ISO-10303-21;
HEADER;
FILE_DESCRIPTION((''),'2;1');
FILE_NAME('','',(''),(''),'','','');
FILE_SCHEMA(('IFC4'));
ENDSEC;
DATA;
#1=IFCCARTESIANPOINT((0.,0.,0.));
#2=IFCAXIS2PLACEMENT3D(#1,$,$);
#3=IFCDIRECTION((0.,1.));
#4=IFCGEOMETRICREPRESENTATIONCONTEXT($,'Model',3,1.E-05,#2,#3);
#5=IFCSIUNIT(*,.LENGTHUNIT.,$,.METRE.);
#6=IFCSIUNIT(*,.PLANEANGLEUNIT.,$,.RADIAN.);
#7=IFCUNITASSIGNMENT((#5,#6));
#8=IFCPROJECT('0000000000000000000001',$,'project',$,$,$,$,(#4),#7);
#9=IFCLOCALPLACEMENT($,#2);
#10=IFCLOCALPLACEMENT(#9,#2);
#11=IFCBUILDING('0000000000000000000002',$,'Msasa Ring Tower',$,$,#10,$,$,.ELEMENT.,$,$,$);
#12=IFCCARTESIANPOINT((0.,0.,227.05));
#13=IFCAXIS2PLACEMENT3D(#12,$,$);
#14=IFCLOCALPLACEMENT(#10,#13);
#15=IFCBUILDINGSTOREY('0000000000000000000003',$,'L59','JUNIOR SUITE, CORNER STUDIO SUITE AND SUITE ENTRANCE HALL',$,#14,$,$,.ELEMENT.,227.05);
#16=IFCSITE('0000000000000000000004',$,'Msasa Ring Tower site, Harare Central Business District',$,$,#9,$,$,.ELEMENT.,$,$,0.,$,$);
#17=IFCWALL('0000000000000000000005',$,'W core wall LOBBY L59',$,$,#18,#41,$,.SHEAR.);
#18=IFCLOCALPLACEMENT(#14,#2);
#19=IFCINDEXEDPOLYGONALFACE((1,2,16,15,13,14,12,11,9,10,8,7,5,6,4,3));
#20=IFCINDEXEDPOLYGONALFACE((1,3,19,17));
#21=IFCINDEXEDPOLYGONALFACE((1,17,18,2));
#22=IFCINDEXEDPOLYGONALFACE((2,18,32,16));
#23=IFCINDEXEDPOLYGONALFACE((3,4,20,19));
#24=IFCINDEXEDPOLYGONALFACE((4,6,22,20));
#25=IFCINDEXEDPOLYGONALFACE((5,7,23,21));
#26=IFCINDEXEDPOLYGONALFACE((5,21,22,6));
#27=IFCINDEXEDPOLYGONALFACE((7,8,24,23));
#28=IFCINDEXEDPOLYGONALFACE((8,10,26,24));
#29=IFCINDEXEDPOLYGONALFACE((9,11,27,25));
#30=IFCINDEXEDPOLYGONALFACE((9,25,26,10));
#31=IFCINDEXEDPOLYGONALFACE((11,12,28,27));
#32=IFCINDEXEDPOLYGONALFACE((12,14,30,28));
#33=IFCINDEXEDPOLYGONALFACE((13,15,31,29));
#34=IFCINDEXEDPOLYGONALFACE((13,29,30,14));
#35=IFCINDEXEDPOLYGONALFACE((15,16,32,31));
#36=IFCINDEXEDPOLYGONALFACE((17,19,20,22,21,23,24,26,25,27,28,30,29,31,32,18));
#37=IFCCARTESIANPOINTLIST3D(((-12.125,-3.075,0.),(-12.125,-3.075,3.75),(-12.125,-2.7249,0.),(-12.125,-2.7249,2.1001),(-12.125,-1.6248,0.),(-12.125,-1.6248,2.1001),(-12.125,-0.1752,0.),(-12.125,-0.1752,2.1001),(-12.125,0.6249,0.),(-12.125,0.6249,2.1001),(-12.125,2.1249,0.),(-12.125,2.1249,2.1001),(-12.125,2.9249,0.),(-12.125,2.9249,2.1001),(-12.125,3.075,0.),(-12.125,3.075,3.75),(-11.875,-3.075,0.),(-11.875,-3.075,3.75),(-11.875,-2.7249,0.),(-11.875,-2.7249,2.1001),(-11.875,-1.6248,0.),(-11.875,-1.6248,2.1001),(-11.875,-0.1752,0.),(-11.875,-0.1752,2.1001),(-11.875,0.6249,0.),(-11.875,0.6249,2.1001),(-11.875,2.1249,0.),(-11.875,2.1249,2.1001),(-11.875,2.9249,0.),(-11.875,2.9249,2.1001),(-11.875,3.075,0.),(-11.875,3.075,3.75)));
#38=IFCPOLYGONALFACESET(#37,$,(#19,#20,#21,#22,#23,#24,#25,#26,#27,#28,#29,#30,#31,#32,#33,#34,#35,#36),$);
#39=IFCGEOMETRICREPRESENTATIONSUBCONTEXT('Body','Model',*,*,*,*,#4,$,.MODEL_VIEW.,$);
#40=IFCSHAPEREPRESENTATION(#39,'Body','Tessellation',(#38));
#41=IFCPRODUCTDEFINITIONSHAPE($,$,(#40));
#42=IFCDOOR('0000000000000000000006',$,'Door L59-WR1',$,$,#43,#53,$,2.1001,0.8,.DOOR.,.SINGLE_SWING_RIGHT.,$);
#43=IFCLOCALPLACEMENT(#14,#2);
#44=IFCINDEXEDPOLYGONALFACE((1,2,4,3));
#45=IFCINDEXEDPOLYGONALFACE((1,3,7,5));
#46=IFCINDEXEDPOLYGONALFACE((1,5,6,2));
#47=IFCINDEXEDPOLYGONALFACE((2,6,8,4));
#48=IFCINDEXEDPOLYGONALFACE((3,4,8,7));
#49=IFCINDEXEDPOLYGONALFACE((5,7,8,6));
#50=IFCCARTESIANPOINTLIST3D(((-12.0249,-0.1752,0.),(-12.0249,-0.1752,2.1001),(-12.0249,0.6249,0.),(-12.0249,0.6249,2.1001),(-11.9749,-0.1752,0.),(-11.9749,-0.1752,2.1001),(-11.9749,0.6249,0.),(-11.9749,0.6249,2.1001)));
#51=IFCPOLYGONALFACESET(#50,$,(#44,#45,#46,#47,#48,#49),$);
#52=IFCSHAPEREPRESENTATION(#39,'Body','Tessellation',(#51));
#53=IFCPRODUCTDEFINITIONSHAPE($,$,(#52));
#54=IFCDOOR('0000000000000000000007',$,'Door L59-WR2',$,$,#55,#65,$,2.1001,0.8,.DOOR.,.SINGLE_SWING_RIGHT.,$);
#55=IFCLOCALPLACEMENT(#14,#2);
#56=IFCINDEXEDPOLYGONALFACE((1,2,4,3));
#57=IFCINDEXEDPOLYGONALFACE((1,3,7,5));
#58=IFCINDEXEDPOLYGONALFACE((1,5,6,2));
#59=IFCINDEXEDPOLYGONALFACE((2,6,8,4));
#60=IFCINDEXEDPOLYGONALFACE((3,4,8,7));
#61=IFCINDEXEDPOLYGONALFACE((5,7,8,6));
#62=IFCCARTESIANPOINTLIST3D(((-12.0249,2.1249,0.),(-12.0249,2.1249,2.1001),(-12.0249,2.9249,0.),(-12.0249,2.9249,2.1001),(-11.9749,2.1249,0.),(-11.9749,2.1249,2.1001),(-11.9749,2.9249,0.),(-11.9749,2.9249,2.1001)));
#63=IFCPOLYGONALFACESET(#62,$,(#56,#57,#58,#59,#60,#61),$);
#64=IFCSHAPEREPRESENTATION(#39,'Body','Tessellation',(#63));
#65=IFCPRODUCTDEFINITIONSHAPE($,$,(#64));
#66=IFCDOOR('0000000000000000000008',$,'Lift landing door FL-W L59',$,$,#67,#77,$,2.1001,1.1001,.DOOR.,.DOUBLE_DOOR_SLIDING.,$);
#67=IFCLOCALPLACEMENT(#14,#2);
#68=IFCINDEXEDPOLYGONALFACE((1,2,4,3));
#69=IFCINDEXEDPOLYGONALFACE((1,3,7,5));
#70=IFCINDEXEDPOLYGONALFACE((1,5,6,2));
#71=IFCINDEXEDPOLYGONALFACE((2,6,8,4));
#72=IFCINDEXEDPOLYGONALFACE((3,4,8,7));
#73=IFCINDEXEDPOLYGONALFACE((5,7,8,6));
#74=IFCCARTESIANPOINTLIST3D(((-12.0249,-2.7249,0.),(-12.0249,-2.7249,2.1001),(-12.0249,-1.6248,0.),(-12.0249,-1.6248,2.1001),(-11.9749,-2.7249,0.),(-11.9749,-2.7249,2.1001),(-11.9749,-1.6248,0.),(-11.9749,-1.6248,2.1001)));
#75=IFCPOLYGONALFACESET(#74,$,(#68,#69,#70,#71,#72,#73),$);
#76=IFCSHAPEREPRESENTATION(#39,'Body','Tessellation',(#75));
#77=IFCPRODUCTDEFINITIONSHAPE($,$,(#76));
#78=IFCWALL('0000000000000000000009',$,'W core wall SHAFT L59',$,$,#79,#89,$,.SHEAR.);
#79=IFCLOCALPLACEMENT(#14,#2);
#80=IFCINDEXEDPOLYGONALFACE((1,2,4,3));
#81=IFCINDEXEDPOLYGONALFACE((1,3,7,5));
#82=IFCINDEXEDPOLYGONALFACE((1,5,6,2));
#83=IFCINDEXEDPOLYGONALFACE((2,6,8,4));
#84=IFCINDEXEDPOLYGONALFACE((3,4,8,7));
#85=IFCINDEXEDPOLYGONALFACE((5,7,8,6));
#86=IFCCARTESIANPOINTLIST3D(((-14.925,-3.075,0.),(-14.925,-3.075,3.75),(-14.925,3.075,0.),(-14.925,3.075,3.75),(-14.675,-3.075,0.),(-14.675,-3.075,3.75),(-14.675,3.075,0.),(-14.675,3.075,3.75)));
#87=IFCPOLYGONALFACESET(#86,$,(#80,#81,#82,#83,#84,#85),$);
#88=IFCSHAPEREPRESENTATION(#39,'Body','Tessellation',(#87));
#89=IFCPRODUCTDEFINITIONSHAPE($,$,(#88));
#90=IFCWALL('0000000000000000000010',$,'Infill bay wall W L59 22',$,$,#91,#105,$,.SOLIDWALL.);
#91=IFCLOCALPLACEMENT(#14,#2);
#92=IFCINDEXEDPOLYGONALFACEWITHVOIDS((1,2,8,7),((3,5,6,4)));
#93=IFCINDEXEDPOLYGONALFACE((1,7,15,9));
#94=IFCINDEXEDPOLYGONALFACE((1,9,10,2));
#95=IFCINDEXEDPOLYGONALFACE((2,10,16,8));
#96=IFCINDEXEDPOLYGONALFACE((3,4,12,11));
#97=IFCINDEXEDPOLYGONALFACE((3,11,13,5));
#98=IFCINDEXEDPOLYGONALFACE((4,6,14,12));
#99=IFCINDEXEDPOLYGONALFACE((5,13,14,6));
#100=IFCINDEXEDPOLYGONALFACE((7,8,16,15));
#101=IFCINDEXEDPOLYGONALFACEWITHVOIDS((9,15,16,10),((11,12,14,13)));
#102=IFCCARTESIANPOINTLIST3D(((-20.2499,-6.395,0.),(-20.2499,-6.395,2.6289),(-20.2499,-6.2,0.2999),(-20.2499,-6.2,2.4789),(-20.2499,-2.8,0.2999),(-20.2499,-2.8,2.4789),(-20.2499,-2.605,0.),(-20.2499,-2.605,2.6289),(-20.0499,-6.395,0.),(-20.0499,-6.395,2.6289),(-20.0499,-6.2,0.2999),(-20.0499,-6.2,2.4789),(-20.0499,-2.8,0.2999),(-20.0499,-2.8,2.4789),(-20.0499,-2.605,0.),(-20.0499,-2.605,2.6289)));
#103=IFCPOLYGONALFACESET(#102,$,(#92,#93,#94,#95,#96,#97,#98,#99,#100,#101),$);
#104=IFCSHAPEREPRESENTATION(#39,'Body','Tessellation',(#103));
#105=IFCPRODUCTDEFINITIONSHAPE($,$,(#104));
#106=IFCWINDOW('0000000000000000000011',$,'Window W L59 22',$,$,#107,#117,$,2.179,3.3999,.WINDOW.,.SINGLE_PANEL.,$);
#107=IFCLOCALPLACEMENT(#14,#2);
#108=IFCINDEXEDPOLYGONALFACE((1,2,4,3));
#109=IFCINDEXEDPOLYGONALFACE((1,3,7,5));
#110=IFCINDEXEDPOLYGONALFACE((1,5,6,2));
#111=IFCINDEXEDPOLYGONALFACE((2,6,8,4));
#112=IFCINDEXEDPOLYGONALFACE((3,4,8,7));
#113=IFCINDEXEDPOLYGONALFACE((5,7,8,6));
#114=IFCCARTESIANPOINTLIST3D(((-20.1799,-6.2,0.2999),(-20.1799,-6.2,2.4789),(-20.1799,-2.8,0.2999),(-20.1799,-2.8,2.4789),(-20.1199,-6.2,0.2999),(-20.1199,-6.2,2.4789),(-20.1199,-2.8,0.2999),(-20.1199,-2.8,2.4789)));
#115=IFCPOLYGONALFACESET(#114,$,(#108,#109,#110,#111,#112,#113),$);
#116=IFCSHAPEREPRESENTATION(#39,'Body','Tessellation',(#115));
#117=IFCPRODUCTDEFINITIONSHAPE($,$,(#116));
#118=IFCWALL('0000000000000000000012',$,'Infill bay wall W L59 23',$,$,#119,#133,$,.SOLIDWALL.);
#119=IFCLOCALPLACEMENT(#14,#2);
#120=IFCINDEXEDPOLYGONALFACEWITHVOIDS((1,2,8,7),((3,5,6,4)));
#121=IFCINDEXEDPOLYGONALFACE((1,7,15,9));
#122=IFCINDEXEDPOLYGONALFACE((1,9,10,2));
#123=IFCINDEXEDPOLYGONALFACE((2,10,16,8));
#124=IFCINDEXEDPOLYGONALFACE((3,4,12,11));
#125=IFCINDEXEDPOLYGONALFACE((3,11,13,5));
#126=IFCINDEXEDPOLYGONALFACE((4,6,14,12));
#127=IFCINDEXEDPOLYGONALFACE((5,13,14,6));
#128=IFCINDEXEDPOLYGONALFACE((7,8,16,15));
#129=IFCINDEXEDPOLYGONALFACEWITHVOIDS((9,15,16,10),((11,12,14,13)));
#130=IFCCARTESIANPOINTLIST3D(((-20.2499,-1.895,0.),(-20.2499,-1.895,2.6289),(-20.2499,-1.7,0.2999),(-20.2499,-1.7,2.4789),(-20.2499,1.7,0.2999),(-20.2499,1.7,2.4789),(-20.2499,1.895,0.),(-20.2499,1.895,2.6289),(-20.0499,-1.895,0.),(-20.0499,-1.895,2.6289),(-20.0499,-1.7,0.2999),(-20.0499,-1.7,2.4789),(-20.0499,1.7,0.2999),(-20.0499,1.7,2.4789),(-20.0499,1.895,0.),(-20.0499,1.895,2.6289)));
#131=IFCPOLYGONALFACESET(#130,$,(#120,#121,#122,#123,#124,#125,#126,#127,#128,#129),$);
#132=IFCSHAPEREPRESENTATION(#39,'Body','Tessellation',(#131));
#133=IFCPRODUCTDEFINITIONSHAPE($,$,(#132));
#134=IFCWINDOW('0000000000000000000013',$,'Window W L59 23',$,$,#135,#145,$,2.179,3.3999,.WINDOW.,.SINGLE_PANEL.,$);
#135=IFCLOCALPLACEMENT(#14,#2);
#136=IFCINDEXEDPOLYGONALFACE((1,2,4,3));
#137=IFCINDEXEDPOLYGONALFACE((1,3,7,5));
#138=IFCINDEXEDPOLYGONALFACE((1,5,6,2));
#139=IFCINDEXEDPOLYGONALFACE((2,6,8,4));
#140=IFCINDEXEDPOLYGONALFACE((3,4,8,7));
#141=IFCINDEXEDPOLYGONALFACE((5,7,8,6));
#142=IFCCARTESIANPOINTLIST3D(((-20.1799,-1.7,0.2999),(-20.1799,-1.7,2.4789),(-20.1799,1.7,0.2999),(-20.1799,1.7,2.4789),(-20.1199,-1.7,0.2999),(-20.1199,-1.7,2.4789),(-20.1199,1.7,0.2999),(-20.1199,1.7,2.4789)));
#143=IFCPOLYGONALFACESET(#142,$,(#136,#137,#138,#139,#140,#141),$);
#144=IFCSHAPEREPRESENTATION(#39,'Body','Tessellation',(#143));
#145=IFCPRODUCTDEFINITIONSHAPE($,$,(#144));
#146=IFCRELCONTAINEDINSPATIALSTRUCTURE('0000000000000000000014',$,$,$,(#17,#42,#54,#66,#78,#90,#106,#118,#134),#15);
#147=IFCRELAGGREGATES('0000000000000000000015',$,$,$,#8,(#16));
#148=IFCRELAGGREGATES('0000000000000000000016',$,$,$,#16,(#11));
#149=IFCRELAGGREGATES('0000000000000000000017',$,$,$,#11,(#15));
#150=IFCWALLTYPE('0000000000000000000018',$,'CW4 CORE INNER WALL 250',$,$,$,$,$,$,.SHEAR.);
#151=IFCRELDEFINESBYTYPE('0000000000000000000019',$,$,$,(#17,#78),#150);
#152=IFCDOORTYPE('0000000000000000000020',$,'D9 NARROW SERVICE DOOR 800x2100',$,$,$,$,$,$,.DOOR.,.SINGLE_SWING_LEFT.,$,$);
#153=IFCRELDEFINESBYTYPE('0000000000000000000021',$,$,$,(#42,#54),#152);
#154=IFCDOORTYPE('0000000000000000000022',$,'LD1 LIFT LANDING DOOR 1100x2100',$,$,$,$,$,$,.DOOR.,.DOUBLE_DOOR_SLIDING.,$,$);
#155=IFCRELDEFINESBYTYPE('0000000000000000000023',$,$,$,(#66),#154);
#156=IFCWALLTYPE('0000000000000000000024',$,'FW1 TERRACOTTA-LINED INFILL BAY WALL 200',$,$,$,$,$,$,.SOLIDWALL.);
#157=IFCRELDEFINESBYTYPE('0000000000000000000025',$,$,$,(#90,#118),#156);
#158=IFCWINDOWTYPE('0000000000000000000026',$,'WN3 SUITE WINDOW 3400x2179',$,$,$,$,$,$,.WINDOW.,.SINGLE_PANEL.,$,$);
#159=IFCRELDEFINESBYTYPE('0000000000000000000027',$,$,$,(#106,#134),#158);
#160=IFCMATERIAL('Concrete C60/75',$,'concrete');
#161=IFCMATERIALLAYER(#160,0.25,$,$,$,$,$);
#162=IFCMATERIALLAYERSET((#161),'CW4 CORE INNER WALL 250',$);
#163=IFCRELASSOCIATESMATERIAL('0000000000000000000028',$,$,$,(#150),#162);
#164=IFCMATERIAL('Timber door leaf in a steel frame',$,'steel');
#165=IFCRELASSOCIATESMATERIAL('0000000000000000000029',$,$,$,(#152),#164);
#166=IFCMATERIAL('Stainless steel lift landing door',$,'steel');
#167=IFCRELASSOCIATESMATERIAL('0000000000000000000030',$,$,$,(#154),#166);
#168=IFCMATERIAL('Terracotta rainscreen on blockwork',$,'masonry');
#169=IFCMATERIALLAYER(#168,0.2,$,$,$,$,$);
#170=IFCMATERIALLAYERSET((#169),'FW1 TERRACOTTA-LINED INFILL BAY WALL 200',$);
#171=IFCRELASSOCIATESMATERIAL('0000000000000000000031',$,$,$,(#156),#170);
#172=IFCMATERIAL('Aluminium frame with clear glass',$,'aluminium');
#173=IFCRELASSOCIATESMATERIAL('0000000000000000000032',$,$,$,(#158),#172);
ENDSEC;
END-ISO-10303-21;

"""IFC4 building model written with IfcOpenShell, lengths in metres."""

from ifc_helpers import new_model, si_unit, direction, frame, frame_2d, origin, place, context, subcontext, project, spatial, rectangle, extrude, material, layer, layer_set, type_object, element, fill, save


model = new_model("IFC4")

# Units and contexts
model_context = context("Model", 3, precision=1e-05, world=origin(), true_north=direction((0.0, 1.0)))
body_context = subcontext(model_context, "Body", "Model", "MODEL_VIEW")
ifc_project = project(units=[si_unit("LENGTHUNIT", "METRE"), si_unit("PLANEANGLEUNIT", "RADIAN")], contexts=[model_context])

# Site, building, storey
site_placement = place(None, origin())
site = spatial("IfcSite", under=ifc_project, at=site_placement, Name="Msasa Ring Tower site, Harare Central Business District", CompositionType="ELEMENT", RefElevation=0.0)
building_placement = place(site_placement, origin())
building = spatial("IfcBuilding", under=site, at=building_placement, Name="Msasa Ring Tower", CompositionType="ELEMENT")
storey_placement = place(building_placement, frame((0.0, 0.0, 227.05)))
storey = spatial("IfcBuildingStorey", under=building, at=storey_placement, Name="L59", Description="JUNIOR SUITE, CORNER STUDIO SUITE AND SUITE ENTRANCE HALL", CompositionType="ELEMENT", Elevation=227.05)

# Shared definitions
ifc_material_1 = material(Name="Concrete C60/75", Category="concrete")
ifc_layer_1 = layer(ifc_material_1, 0.25)
ifc_layer_set_1 = layer_set([ifc_layer_1], Name="CW4 CORE INNER WALL 250")
wall_type_1 = type_object("IfcWallType", Name="CW4 CORE INNER WALL 250", PredefinedType="SHEAR", material=ifc_layer_set_1)

# Wall, openings, doors
wall_1_placement = place(storey_placement, frame((-12.0, -3.075, 0.0), z_axis=(0.0, 0.0, 1.0), x_axis=(0.0, 1.0, 0.0)))
wall_1 = element("IfcWall", 1, at=wall_1_placement, inside=storey, type_object=wall_type_1, Name="W core wall LOBBY L59", PredefinedType="SHEAR", context=body_context, shape_type="SweptSolid", body=[
    extrude(rectangle(XDim=6.1499, YDim=0.25, at=frame_2d((3.075, 0.0))), origin(), (0.0, 0.0, 1.0), 3.75),
])
opening_1_placement = place(wall_1_placement, frame((2.8999, 0.0, 0.0)))
opening_1 = element("IfcOpeningElement", 2, at=opening_1_placement, cuts=wall_1, PredefinedType="OPENING", context=body_context, shape_type="SweptSolid", body=[
    extrude(rectangle(XDim=0.8, YDim=2.1001, at=frame_2d((0.3999, 1.05))), frame((0.0, 0.135, 0.0), z_axis=(0.0, -1.0, 0.0), x_axis=(1.0, 0.0, 0.0)), (0.0, 0.0, 1.0), 0.27),
])
opening_2_placement = place(wall_1_placement, frame((5.2, 0.0, 0.0)))
opening_2 = element("IfcOpeningElement", 3, at=opening_2_placement, cuts=wall_1, PredefinedType="OPENING", context=body_context, shape_type="SweptSolid", body=[
    extrude(rectangle(XDim=0.8, YDim=2.1001, at=frame_2d((0.3999, 1.05))), frame((0.0, 0.135, 0.0), z_axis=(0.0, -1.0, 0.0), x_axis=(1.0, 0.0, 0.0)), (0.0, 0.0, 1.0), 0.27),
])
opening_3_placement = place(wall_1_placement, frame((0.3501, 0.0, 0.0)))
opening_3 = element("IfcOpeningElement", 4, at=opening_3_placement, cuts=wall_1, PredefinedType="OPENING", context=body_context, shape_type="SweptSolid", body=[
    extrude(rectangle(XDim=1.1001, YDim=2.1001, at=frame_2d((0.55, 1.05))), frame((0.0, 0.135, 0.0), z_axis=(0.0, -1.0, 0.0), x_axis=(1.0, 0.0, 0.0)), (0.0, 0.0, 1.0), 0.27),
])
ifc_material_2 = material(Name="Timber door leaf in a steel frame", Category="steel")
door_type_1 = type_object("IfcDoorType", Name="D9 NARROW SERVICE DOOR 800x2100", OperationType="SINGLE_SWING_LEFT", PredefinedType="DOOR", material=ifc_material_2)
door_1_placement = place(opening_1_placement, origin())
door_1 = element("IfcDoor", 5, at=door_1_placement, inside=storey, type_object=door_type_1, Name="Door L59-WR1", OperationType="SINGLE_SWING_RIGHT", OverallHeight=2.1001, OverallWidth=0.8, PredefinedType="DOOR", context=body_context, shape_type="SweptSolid", body=[
    extrude(rectangle(XDim=0.8, YDim=2.1001, at=frame_2d((0.3999, 1.05))), frame((0.0, 0.0249, 0.0), z_axis=(0.0, -1.0, 0.0), x_axis=(1.0, 0.0, 0.0)), (0.0, 0.0, 1.0), 0.05),
])
fill(opening_1, door_1)
door_2_placement = place(opening_2_placement, origin())
door_2 = element("IfcDoor", 6, at=door_2_placement, inside=storey, type_object=door_type_1, Name="Door L59-WR2", OperationType="SINGLE_SWING_RIGHT", OverallHeight=2.1001, OverallWidth=0.8, PredefinedType="DOOR", context=body_context, shape_type="SweptSolid", body=[
    extrude(rectangle(XDim=0.8, YDim=2.1001, at=frame_2d((0.3999, 1.05))), frame((0.0, 0.0249, 0.0), z_axis=(0.0, -1.0, 0.0), x_axis=(1.0, 0.0, 0.0)), (0.0, 0.0, 1.0), 0.05),
])
fill(opening_2, door_2)
ifc_material_3 = material(Name="Stainless steel lift landing door", Category="steel")
door_type_2 = type_object("IfcDoorType", Name="LD1 LIFT LANDING DOOR 1100x2100", OperationType="DOUBLE_DOOR_SLIDING", PredefinedType="DOOR", material=ifc_material_3)
door_3_placement = place(opening_3_placement, origin())
door_3 = element("IfcDoor", 7, at=door_3_placement, inside=storey, type_object=door_type_2, Name="Lift landing door FL-W L59", OperationType="DOUBLE_DOOR_SLIDING", OverallHeight=2.1001, OverallWidth=1.1001, PredefinedType="DOOR", context=body_context, shape_type="SweptSolid", body=[
    extrude(rectangle(XDim=1.1001, YDim=2.1001, at=frame_2d((0.55, 1.05))), frame((0.0, 0.0249, 0.0), z_axis=(0.0, -1.0, 0.0), x_axis=(1.0, 0.0, 0.0)), (0.0, 0.0, 1.0), 0.05),
])
fill(opening_3, door_3)

# Wall
wall_2_placement = place(storey_placement, frame((-14.8, -3.075, 0.0), z_axis=(0.0, 0.0, 1.0), x_axis=(0.0, 1.0, 0.0)))
element("IfcWall", 8, at=wall_2_placement, inside=storey, type_object=wall_type_1, Name="W core wall SHAFT L59", PredefinedType="SHEAR", context=body_context, shape_type="SweptSolid", body=[
    extrude(rectangle(XDim=6.1499, YDim=0.25, at=frame_2d((3.075, 0.0))), origin(), (0.0, 0.0, 1.0), 3.75),
])

# Walls, openings, windows
ifc_material_4 = material(Name="Terracotta rainscreen on blockwork", Category="masonry")
ifc_layer_2 = layer(ifc_material_4, 0.2)
ifc_layer_set_2 = layer_set([ifc_layer_2], Name="FW1 TERRACOTTA-LINED INFILL BAY WALL 200")
wall_type_2 = type_object("IfcWallType", Name="FW1 TERRACOTTA-LINED INFILL BAY WALL 200", PredefinedType="SOLIDWALL", material=ifc_layer_set_2)
wall_3_placement = place(storey_placement, frame((-20.1499, -6.395, 0.0), z_axis=(0.0, 0.0, 1.0), x_axis=(0.0, 1.0, 0.0)))
wall_3 = element("IfcWall", 9, at=wall_3_placement, inside=storey, type_object=wall_type_2, Name="Infill bay wall W L59 22", PredefinedType="SOLIDWALL", context=body_context, shape_type="SweptSolid", body=[
    extrude(rectangle(XDim=3.79, YDim=0.2, at=frame_2d((1.895, 0.0))), origin(), (0.0, 0.0, 1.0), 2.6289),
])
opening_4_placement = place(wall_3_placement, frame((0.1951, 0.0, 0.3)))
opening_4 = element("IfcOpeningElement", 10, at=opening_4_placement, cuts=wall_3, PredefinedType="OPENING", context=body_context, shape_type="SweptSolid", body=[
    extrude(rectangle(XDim=3.3999, YDim=2.179, at=frame_2d((1.7, 1.0894))), frame((0.0, 0.1099, 0.0), z_axis=(0.0, -1.0, 0.0), x_axis=(1.0, 0.0, 0.0)), (0.0, 0.0, 1.0), 0.22),
])
ifc_material_5 = material(Name="Aluminium frame with clear glass", Category="aluminium")
window_type = type_object("IfcWindowType", Name="WN3 SUITE WINDOW 3400x2179", PartitioningType="SINGLE_PANEL", PredefinedType="WINDOW", material=ifc_material_5)
window_1_placement = place(opening_4_placement, origin())
window_1 = element("IfcWindow", 11, at=window_1_placement, inside=storey, type_object=window_type, Name="Window W L59 22", OverallHeight=2.179, OverallWidth=3.3999, PartitioningType="SINGLE_PANEL", PredefinedType="WINDOW", context=body_context, shape_type="SweptSolid", body=[
    extrude(rectangle(XDim=3.3999, YDim=2.179, at=frame_2d((1.7, 1.0894))), frame((0.0, 0.03, 0.0), z_axis=(0.0, -1.0, 0.0), x_axis=(1.0, 0.0, 0.0)), (0.0, 0.0, 1.0), 0.0601),
])
fill(opening_4, window_1)
wall_4_placement = place(storey_placement, frame((-20.1499, -1.895, 0.0), z_axis=(0.0, 0.0, 1.0), x_axis=(0.0, 1.0, 0.0)))
wall_4 = element("IfcWall", 12, at=wall_4_placement, inside=storey, type_object=wall_type_2, Name="Infill bay wall W L59 23", PredefinedType="SOLIDWALL", context=body_context, shape_type="SweptSolid", body=[
    extrude(rectangle(XDim=3.79, YDim=0.2, at=frame_2d((1.895, 0.0))), origin(), (0.0, 0.0, 1.0), 2.6289),
])
opening_5_placement = place(wall_4_placement, frame((0.1951, 0.0, 0.3)))
opening_5 = element("IfcOpeningElement", 13, at=opening_5_placement, cuts=wall_4, PredefinedType="OPENING", context=body_context, shape_type="SweptSolid", body=[
    extrude(rectangle(XDim=3.3999, YDim=2.179, at=frame_2d((1.7, 1.0894))), frame((0.0, 0.1099, 0.0), z_axis=(0.0, -1.0, 0.0), x_axis=(1.0, 0.0, 0.0)), (0.0, 0.0, 1.0), 0.22),
])
window_2_placement = place(opening_5_placement, origin())
window_2 = element("IfcWindow", 14, at=window_2_placement, inside=storey, type_object=window_type, Name="Window W L59 23", OverallHeight=2.179, OverallWidth=3.3999, PartitioningType="SINGLE_PANEL", PredefinedType="WINDOW", context=body_context, shape_type="SweptSolid", body=[
    extrude(rectangle(XDim=3.3999, YDim=2.179, at=frame_2d((1.7, 1.0894))), frame((0.0, 0.03, 0.0), z_axis=(0.0, -1.0, 0.0), x_axis=(1.0, 0.0, 0.0)), (0.0, 0.0, 1.0), 0.0601),
])
fill(opening_5, window_2)

save(model, "model.ifc")
